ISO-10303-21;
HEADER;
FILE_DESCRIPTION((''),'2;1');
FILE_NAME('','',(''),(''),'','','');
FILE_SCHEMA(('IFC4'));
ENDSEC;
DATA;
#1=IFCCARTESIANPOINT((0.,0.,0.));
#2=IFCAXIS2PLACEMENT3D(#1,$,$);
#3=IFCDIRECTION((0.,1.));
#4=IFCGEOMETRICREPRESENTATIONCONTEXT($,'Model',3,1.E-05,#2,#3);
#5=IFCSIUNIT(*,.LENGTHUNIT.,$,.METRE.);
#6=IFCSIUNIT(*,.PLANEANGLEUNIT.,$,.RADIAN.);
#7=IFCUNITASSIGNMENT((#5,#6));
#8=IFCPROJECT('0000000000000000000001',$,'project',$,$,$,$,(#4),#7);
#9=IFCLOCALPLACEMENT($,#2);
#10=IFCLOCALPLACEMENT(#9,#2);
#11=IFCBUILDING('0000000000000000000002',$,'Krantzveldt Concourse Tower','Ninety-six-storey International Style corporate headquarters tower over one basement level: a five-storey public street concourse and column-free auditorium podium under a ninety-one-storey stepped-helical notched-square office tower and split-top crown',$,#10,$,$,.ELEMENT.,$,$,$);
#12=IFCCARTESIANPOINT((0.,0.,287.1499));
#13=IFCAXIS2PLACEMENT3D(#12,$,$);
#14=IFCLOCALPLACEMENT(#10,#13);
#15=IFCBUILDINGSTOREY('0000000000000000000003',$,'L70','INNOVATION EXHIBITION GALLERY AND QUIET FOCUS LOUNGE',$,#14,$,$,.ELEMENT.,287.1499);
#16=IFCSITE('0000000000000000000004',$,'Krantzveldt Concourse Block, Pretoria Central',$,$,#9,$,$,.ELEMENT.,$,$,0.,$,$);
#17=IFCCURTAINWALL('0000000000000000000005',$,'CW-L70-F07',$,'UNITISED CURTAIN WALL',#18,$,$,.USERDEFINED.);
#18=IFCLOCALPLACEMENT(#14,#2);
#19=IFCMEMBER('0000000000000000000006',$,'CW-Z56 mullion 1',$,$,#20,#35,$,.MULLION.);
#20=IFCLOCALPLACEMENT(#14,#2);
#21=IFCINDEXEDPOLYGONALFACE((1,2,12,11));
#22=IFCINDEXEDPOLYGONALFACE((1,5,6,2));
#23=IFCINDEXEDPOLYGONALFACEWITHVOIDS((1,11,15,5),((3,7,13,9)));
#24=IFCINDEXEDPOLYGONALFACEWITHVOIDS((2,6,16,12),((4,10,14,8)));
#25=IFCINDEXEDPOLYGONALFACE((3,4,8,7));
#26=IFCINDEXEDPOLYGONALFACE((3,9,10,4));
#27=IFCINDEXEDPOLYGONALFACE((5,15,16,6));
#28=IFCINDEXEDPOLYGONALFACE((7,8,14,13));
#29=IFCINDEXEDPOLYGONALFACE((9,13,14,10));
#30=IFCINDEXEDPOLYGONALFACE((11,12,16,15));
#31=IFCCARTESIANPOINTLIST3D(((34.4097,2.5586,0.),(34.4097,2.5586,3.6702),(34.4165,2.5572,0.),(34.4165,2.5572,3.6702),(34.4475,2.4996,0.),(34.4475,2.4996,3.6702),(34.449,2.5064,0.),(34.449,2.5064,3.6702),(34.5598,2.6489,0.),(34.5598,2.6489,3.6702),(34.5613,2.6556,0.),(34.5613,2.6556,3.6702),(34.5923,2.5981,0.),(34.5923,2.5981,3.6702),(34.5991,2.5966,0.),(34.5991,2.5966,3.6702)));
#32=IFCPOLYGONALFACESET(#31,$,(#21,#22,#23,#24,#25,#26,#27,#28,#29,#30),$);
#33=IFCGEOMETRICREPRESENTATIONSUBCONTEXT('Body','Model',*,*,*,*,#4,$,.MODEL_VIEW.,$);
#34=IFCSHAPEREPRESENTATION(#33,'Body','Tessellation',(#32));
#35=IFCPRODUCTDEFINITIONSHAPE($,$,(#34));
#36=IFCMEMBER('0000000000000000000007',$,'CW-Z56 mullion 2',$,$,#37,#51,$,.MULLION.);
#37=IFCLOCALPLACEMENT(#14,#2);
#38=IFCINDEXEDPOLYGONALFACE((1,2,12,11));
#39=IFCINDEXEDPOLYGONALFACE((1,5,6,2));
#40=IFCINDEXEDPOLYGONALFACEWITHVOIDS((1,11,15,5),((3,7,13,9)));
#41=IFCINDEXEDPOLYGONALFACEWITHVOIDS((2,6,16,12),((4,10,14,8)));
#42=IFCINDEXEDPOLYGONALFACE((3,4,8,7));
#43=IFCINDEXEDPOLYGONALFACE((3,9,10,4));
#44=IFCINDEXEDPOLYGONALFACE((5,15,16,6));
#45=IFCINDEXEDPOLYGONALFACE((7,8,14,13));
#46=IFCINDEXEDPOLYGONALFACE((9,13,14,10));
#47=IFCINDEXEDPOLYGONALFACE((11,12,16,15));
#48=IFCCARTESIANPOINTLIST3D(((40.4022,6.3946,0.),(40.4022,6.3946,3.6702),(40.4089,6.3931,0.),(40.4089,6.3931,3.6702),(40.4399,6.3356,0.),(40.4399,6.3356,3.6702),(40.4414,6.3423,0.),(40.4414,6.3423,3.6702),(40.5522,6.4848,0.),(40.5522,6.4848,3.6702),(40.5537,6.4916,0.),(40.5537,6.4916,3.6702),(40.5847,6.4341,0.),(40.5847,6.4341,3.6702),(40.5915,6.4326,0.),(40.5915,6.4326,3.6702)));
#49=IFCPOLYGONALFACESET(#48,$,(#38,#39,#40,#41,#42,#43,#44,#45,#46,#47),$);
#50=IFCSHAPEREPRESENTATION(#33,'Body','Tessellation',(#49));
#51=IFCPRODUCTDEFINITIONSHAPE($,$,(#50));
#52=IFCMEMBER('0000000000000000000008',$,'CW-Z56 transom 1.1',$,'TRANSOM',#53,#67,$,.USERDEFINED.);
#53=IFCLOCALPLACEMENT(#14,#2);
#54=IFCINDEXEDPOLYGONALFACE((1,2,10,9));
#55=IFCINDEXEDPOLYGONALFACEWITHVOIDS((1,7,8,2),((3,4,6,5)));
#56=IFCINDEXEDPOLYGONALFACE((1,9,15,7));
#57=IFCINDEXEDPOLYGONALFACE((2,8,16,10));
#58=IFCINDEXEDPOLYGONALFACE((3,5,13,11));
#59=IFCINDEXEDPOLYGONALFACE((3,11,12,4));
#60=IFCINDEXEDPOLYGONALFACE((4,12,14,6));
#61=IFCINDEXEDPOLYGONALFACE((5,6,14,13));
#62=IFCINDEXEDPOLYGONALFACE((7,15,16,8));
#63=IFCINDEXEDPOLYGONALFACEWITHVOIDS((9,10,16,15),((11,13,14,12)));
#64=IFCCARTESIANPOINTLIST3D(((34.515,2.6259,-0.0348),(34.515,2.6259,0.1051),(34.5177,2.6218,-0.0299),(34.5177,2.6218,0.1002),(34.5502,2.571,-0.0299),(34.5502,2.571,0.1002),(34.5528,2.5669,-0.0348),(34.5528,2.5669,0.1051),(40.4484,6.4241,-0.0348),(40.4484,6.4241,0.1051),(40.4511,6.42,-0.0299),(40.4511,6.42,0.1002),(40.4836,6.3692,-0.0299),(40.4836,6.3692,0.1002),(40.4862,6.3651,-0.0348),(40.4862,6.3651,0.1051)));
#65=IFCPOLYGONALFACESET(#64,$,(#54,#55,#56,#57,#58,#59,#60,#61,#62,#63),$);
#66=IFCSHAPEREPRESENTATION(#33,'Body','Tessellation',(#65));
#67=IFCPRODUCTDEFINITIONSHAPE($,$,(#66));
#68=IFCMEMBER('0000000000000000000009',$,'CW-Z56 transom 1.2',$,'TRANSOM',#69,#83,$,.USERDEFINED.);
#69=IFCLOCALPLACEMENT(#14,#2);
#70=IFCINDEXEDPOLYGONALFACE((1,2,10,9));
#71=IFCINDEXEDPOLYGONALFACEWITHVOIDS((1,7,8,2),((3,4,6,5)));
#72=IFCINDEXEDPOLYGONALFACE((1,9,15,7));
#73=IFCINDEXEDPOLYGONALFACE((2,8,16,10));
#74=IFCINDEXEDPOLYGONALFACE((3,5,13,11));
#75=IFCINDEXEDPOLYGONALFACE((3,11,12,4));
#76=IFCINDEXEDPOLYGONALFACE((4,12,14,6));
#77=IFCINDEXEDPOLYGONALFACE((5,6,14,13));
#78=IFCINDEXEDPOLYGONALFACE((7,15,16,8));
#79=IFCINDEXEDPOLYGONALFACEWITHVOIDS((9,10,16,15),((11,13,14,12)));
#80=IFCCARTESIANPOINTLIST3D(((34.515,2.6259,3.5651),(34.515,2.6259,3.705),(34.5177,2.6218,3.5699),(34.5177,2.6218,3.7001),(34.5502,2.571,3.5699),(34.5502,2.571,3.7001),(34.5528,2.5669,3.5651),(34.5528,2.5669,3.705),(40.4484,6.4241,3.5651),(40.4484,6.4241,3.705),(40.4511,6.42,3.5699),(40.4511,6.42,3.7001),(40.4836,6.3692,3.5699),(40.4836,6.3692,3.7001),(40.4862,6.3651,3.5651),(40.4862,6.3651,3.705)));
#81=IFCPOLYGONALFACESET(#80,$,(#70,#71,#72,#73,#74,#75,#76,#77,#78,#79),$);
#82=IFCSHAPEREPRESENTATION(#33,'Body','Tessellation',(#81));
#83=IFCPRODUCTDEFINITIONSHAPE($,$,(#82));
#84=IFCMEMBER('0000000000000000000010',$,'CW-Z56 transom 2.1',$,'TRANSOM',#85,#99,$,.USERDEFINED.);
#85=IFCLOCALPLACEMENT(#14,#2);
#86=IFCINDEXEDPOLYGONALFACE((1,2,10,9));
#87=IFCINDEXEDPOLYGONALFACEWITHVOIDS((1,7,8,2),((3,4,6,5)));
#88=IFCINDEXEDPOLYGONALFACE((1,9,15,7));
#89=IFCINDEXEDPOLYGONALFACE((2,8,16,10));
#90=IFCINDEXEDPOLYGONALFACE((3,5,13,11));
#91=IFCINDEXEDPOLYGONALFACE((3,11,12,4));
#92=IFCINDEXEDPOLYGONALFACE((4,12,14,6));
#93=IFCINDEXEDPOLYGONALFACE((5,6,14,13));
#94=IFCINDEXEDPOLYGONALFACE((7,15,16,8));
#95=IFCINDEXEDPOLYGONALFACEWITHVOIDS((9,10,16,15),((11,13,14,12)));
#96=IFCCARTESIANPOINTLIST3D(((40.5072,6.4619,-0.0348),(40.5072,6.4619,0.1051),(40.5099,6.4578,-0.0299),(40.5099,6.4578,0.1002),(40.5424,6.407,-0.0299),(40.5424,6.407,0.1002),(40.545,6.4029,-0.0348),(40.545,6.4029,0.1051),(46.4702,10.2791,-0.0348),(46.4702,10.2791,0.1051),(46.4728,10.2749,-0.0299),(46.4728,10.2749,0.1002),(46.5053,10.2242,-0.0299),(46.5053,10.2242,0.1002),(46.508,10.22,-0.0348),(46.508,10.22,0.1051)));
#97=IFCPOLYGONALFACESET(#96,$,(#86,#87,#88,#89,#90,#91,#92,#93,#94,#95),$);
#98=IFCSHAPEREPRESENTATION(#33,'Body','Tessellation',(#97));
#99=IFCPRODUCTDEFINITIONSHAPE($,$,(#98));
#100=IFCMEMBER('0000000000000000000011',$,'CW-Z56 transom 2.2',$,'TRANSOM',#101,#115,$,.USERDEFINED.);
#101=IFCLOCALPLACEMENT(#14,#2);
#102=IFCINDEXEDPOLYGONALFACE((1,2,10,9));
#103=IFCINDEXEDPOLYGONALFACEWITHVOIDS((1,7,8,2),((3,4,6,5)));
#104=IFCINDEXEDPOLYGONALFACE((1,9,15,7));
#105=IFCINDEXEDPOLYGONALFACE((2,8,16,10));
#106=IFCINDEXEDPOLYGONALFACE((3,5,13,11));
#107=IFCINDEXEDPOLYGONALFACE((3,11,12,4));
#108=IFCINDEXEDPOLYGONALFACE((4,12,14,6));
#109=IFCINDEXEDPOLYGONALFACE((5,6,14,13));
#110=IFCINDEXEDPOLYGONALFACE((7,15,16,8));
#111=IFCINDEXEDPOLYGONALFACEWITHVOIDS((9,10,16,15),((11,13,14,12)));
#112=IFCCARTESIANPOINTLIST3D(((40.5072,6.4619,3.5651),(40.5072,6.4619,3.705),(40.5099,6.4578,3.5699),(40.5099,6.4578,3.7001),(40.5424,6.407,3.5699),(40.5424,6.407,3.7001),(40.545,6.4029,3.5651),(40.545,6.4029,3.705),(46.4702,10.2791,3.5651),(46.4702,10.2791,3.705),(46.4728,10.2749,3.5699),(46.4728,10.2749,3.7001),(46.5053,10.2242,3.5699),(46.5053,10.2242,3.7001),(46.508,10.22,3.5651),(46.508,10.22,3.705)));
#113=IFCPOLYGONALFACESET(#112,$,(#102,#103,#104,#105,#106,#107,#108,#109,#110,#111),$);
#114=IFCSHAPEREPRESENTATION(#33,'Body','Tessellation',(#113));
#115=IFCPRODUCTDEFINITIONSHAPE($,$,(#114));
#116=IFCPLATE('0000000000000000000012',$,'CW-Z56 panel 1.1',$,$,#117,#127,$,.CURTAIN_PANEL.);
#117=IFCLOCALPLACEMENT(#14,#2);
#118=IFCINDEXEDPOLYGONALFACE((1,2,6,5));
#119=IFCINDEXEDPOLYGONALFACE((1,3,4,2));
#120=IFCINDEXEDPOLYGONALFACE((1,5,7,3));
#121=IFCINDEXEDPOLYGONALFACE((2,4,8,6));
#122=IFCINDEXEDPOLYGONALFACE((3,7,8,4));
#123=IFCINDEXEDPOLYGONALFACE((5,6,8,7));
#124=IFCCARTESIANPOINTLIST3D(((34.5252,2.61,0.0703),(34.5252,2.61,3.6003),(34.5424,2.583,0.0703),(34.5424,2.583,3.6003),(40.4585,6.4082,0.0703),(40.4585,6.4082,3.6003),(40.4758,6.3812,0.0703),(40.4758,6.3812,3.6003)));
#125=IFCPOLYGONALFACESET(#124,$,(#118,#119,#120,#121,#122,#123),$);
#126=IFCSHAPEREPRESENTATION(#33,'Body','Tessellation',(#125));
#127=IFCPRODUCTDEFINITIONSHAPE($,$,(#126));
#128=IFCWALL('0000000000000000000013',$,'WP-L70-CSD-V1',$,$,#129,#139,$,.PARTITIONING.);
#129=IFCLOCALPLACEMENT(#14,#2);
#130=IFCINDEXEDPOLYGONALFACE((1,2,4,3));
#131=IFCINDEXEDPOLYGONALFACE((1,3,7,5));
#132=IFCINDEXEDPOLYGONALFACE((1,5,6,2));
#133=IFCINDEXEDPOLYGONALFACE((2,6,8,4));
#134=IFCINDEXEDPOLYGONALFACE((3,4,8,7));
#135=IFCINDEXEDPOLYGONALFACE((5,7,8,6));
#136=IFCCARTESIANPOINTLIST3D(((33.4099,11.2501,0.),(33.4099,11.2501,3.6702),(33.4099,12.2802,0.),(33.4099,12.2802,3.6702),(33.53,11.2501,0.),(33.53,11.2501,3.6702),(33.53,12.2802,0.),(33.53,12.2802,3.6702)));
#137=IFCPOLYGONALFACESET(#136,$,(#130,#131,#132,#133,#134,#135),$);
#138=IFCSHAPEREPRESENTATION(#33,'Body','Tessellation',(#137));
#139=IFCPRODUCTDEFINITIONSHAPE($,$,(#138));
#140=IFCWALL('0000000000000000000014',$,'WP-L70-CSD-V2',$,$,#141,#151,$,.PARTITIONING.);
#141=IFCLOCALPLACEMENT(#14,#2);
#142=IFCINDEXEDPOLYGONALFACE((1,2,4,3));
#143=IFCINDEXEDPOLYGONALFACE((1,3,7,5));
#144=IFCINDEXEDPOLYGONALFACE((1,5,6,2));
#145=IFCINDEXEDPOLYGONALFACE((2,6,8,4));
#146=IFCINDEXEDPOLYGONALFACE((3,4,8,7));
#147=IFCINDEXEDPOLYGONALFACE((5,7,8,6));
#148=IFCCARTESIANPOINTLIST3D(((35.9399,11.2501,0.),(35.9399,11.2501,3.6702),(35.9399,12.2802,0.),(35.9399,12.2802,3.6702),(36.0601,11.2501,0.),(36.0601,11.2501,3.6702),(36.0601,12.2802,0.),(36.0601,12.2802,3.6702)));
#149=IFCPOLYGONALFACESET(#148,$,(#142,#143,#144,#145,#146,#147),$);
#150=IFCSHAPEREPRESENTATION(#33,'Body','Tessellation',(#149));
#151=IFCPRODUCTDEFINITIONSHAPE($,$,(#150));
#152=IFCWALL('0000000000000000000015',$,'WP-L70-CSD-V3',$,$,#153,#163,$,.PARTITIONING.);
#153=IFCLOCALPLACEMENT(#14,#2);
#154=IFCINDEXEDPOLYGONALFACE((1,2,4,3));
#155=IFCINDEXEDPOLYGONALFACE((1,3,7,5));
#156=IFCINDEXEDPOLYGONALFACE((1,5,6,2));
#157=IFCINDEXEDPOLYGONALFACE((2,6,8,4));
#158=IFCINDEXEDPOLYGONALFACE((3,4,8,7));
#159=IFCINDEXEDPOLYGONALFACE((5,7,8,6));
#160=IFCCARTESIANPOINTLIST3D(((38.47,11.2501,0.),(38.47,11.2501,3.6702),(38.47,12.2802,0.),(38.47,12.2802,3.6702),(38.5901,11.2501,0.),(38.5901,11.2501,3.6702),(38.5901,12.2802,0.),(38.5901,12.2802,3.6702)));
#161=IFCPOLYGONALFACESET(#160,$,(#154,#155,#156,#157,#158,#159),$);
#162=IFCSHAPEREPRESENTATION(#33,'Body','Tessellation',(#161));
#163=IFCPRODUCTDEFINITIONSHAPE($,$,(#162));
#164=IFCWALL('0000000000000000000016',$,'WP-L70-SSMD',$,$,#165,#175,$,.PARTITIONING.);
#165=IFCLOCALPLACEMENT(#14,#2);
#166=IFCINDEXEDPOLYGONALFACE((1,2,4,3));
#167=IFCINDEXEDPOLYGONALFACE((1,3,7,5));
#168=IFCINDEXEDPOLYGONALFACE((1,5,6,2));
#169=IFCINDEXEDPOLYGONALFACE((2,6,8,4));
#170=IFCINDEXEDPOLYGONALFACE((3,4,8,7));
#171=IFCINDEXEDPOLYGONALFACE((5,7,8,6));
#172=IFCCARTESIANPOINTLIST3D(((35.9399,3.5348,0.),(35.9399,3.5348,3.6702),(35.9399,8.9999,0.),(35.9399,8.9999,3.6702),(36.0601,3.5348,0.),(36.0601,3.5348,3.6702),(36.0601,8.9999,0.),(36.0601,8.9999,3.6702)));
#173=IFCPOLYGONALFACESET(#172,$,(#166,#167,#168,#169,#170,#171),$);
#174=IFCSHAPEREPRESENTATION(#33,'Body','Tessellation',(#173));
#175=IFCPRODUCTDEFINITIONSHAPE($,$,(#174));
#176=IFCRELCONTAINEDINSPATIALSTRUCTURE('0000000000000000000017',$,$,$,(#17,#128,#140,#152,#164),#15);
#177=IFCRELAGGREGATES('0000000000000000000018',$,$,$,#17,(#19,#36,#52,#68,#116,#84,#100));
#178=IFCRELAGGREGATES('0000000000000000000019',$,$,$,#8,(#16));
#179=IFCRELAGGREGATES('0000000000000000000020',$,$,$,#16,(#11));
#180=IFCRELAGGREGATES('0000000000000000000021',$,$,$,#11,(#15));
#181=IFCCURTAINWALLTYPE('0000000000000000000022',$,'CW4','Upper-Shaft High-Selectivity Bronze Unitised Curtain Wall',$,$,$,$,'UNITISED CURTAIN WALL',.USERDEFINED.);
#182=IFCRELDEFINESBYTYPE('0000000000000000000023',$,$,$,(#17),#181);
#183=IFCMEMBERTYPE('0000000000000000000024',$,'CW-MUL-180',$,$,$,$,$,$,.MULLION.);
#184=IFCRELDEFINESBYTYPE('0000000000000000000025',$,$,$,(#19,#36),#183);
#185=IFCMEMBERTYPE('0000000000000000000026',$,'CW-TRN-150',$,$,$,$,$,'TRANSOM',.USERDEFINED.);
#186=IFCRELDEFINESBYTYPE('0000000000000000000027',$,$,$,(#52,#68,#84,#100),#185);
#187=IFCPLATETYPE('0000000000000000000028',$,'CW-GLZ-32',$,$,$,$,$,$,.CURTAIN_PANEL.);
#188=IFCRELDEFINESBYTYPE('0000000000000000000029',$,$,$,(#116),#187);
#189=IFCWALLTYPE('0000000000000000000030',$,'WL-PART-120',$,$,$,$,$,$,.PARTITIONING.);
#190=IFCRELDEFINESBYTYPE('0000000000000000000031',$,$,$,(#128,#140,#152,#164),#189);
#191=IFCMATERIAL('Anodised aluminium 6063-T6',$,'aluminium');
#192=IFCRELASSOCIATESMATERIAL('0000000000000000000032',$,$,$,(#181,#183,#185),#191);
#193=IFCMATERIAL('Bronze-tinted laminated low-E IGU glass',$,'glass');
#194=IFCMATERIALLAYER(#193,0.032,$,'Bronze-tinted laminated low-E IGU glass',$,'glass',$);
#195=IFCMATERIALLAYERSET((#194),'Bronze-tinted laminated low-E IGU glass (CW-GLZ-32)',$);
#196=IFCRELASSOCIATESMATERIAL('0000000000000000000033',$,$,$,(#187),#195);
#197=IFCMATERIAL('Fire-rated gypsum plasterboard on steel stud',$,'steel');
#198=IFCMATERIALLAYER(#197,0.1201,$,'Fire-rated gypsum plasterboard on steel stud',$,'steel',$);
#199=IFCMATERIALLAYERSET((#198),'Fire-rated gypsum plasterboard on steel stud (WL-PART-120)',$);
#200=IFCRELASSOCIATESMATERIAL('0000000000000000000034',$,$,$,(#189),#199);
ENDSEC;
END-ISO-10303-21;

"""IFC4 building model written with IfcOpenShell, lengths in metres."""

from ifc_helpers import new_model, si_unit, direction, frame, frame_2d, origin, origin_2d, place, context, subcontext, project, spatial, rectangle, hollow_rectangle, extrude, source, transform, mapped, material, layer, layer_set, material_profile, profile_set, type_object, type_shapes, element, aggregate, save


model = new_model("IFC4")

# Units and contexts
model_context = context("Model", 3, precision=1e-05, world=origin(), true_north=direction((0.0, 1.0)))
body_context = subcontext(model_context, "Body", "Model", "MODEL_VIEW")
ifc_project = project(units=[si_unit("LENGTHUNIT", "METRE"), si_unit("PLANEANGLEUNIT", "RADIAN")], contexts=[model_context])

# Site, building, storey
site_placement = place(None, origin())
site = spatial("IfcSite", under=ifc_project, at=site_placement, Name="Krantzveldt Concourse Block, Pretoria Central", CompositionType="ELEMENT", RefElevation=0.0)
building_placement = place(site_placement, origin())
building = spatial("IfcBuilding", under=site, at=building_placement, Name="Krantzveldt Concourse Tower", Description="Ninety-six-storey International Style corporate headquarters tower over one basement level: a five-storey public street concourse and column-free auditorium podium under a ninety-one-storey stepped-helical notched-square office tower and split-top crown", CompositionType="ELEMENT")
storey_placement = place(building_placement, frame((0.0, 0.0, 287.1499)))
storey = spatial("IfcBuildingStorey", under=building, at=storey_placement, Name="L70", Description="INNOVATION EXHIBITION GALLERY AND QUIET FOCUS LOUNGE", CompositionType="ELEMENT", Elevation=287.1499)

# Curtain wall, members, plate
ifc_material_1 = material(Name="Anodised aluminium 6063-T6", Category="aluminium")
curtain_wall_type = type_object("IfcCurtainWallType", Name="CW4", Description="Upper-Shaft High-Selectivity Bronze Unitised Curtain Wall", ElementType="UNITISED CURTAIN WALL", PredefinedType="USERDEFINED", material=ifc_material_1)
curtain_wall_placement = place(storey_placement, origin())
curtain_wall = element("IfcCurtainWall", 1, at=curtain_wall_placement, inside=storey, type_object=curtain_wall_type, Name="CW-L70-F07", ObjectType="UNITISED CURTAIN WALL", PredefinedType="USERDEFINED")
ifc_material_profile_1 = material_profile(ifc_material_1, hollow_rectangle(XDim=0.0701, YDim=0.1799, WallThickness=0.0049, at=origin_2d()), Name="Anodised aluminium 6063-T6", Category="aluminium")
ifc_profile_set_1 = profile_set([ifc_material_profile_1], Name="Anodised aluminium 6063-T6 - ALU-MULL 180x70x5")
member_type_1 = type_object("IfcMemberType", Name="CW-MUL-180", PredefinedType="MULLION", material=ifc_profile_set_1)
shared_shape_1 = source(origin(), body_context, "Body", "SweptSolid", [
    extrude(hollow_rectangle(XDim=0.0701, YDim=0.1799, WallThickness=0.0049, at=origin_2d()), origin(), (0.0, 0.0, 1.0), 3.6702),
])
type_shapes(member_type_1, [shared_shape_1])
member_1_placement = place(storey_placement, frame((34.5044, 2.5776, 0.0), z_axis=(0.0, 0.0, 1.0), x_axis=(-0.539138, 0.842217, 0.0)))
member_1 = element("IfcMember", 2, at=member_1_placement, type_object=member_type_1, Name="CW-Z56 mullion 1", PredefinedType="MULLION", context=body_context, shape_type="MappedRepresentation", body=[
    mapped(shared_shape_1, transform((0.0, 0.0, 0.0), x_axis=(1.0, 0.0, 0.0), y_axis=(0.0, 1.0, 0.0), z_axis=(0.0, 0.0, 1.0), scale=1.0)),
])
member_2_placement = place(storey_placement, frame((40.4968, 6.4136, 0.0), z_axis=(0.0, 0.0, 1.0), x_axis=(-0.539138, 0.842217, 0.0)))
member_2 = element("IfcMember", 3, at=member_2_placement, type_object=member_type_1, Name="CW-Z56 mullion 2", PredefinedType="MULLION", context=body_context, shape_type="MappedRepresentation", body=[
    mapped(shared_shape_1, transform((0.0, 0.0, 0.0), x_axis=(1.0, 0.0, 0.0), y_axis=(0.0, 1.0, 0.0), z_axis=(0.0, 0.0, 1.0), scale=1.0)),
])
ifc_material_profile_2 = material_profile(ifc_material_1, hollow_rectangle(XDim=0.0701, YDim=0.1399, WallThickness=0.0049, at=origin_2d()), Name="Anodised aluminium 6063-T6", Category="aluminium")
ifc_profile_set_2 = profile_set([ifc_material_profile_2], Name="Anodised aluminium 6063-T6 - ALU-TRAN 140x70x5")
member_type_2 = type_object("IfcMemberType", Name="CW-TRN-150", ElementType="TRANSOM", PredefinedType="USERDEFINED", material=ifc_profile_set_2)
shared_shape_2 = source(origin(), body_context, "Body", "SweptSolid", [
    extrude(hollow_rectangle(XDim=0.0701, YDim=0.1399, WallThickness=0.0049, at=origin_2d()), origin(), (0.0, 0.0, 1.0), 7.0449),
])
member_3_placement = place(storey_placement, frame((34.5339, 2.5964, 0.0352), z_axis=(0.842223, 0.539129, 0.0), x_axis=(-0.539129, 0.842223, 0.0)))
member_3 = element("IfcMember", 4, at=member_3_placement, type_object=member_type_2, Name="CW-Z56 transom 1.1", ObjectType="TRANSOM", PredefinedType="USERDEFINED", context=body_context, shape_type="MappedRepresentation", body=[
    mapped(shared_shape_2, transform((0.0, 0.0, 0.0), x_axis=(1.0, 0.0, 0.0), y_axis=(0.0, 1.0, 0.0), z_axis=(0.0, 0.0, 1.0), scale=1.0)),
])
member_4_placement = place(storey_placement, frame((34.5339, 2.5964, 3.635), z_axis=(0.842223, 0.539129, 0.0), x_axis=(-0.539129, 0.842223, 0.0)))
member_4 = element("IfcMember", 5, at=member_4_placement, type_object=member_type_2, Name="CW-Z56 transom 1.2", ObjectType="TRANSOM", PredefinedType="USERDEFINED", context=body_context, shape_type="MappedRepresentation", body=[
    mapped(shared_shape_2, transform((0.0, 0.0, 0.0), x_axis=(1.0, 0.0, 0.0), y_axis=(0.0, 1.0, 0.0), z_axis=(0.0, 0.0, 1.0), scale=1.0)),
])
shared_shape_3 = source(origin(), body_context, "Body", "SweptSolid", [
    extrude(hollow_rectangle(XDim=0.0701, YDim=0.1399, WallThickness=0.0049, at=origin_2d()), origin(), (0.0, 0.0, 1.0), 7.0801),
])
type_shapes(member_type_2, [shared_shape_2, shared_shape_3])
member_5_placement = place(storey_placement, frame((40.5261, 6.4324, 0.0352), z_axis=(0.842214, 0.539143, 0.0), x_axis=(-0.539143, 0.842214, 0.0)))
member_5 = element("IfcMember", 6, at=member_5_placement, type_object=member_type_2, Name="CW-Z56 transom 2.1", ObjectType="TRANSOM", PredefinedType="USERDEFINED", context=body_context, shape_type="MappedRepresentation", body=[
    mapped(shared_shape_3, transform((0.0, 0.0, 0.0), x_axis=(1.0, 0.0, 0.0), y_axis=(0.0, 1.0, 0.0), z_axis=(0.0, 0.0, 1.0), scale=1.0)),
])
member_6_placement = place(storey_placement, frame((40.5261, 6.4324, 3.635), z_axis=(0.842214, 0.539143, 0.0), x_axis=(-0.539143, 0.842214, 0.0)))
member_6 = element("IfcMember", 7, at=member_6_placement, type_object=member_type_2, Name="CW-Z56 transom 2.2", ObjectType="TRANSOM", PredefinedType="USERDEFINED", context=body_context, shape_type="MappedRepresentation", body=[
    mapped(shared_shape_3, transform((0.0, 0.0, 0.0), x_axis=(1.0, 0.0, 0.0), y_axis=(0.0, 1.0, 0.0), z_axis=(0.0, 0.0, 1.0), scale=1.0)),
])
ifc_material_2 = material(Name="Bronze-tinted laminated low-E IGU glass", Category="glass")
ifc_layer_1 = layer(ifc_material_2, 0.032, Name="Bronze-tinted laminated low-E IGU glass", Category="glass")
ifc_layer_set_1 = layer_set([ifc_layer_1], Name="Bronze-tinted laminated low-E IGU glass (CW-GLZ-32)")
plate_type = type_object("IfcPlateType", Name="CW-GLZ-32", PredefinedType="CURTAIN_PANEL", material=ifc_layer_set_1)
shared_shape_4 = source(origin(), body_context, "Body", "SweptSolid", [
    extrude(rectangle(XDim=7.0449, YDim=0.032, at=origin_2d()), origin(), (0.0, 0.0, 1.0), 3.53),
])
type_shapes(plate_type, [shared_shape_4])
plate_placement = place(storey_placement, frame((37.5005, 4.4956, 0.0703), z_axis=(0.0, 0.0, 1.0), x_axis=(0.842217, 0.539138, 0.0)))
plate = element("IfcPlate", 8, at=plate_placement, type_object=plate_type, Name="CW-Z56 panel 1.1", PredefinedType="CURTAIN_PANEL", context=body_context, shape_type="MappedRepresentation", body=[
    mapped(shared_shape_4, transform((0.0, 0.0, 0.0), x_axis=(1.0, 0.0, 0.0), y_axis=(0.0, 1.0, 0.0), z_axis=(0.0, 0.0, 1.0), scale=1.0)),
])
aggregate(curtain_wall, [member_1, member_2, member_3, member_4, plate, member_5, member_6])

# Walls
ifc_material_3 = material(Name="Fire-rated gypsum plasterboard on steel stud", Category="steel")
ifc_layer_2 = layer(ifc_material_3, 0.1201, Name="Fire-rated gypsum plasterboard on steel stud", Category="steel")
ifc_layer_set_2 = layer_set([ifc_layer_2], Name="Fire-rated gypsum plasterboard on steel stud (WL-PART-120)")
wall_type_1 = type_object("IfcWallType", Name="WL-PART-120", PredefinedType="PARTITIONING", material=ifc_layer_set_2)
for number, where, z_axis, x_axis, name in (
    (9, (33.47, 11.25, 0.0), (0.0, 0.0, 1.0), (0.0, 1.0, 0.0), "WP-L70-CSD-V1"),
    (10, (36.0, 11.25, 0.0), (0.0, 0.0, 1.0), (0.0, 1.0, 0.0), "WP-L70-CSD-V2"),
    (11, (38.53, 11.25, 0.0), (0.0, 0.0, 1.0), (0.0, 1.0, 0.0), "WP-L70-CSD-V3"),
):
    element("IfcWall", number, at=place(storey_placement, frame(where, z_axis=z_axis, x_axis=x_axis)), inside=storey, type_object=wall_type_1, Name=name, PredefinedType="PARTITIONING", context=body_context, shape_type="SweptSolid", body=[
        extrude(rectangle(XDim=1.03, YDim=0.1201, at=frame_2d((0.5151, 0.0))), origin(), (0.0, 0.0, 1.0), 3.6702),
    ])
wall_1_placement = place(storey_placement, frame((36.0, 3.5349, 0.0), z_axis=(0.0, 0.0, 1.0), x_axis=(0.0, 1.0, 0.0)))
element("IfcWall", 12, at=wall_1_placement, inside=storey, type_object=wall_type_1, Name="WP-L70-SSMD", PredefinedType="PARTITIONING", context=body_context, shape_type="SweptSolid", body=[
    extrude(rectangle(XDim=5.4651, YDim=0.1201, at=frame_2d((2.7324, 0.0))), origin(), (0.0, 0.0, 1.0), 3.6702),
])

save(model, "model.ifc")
